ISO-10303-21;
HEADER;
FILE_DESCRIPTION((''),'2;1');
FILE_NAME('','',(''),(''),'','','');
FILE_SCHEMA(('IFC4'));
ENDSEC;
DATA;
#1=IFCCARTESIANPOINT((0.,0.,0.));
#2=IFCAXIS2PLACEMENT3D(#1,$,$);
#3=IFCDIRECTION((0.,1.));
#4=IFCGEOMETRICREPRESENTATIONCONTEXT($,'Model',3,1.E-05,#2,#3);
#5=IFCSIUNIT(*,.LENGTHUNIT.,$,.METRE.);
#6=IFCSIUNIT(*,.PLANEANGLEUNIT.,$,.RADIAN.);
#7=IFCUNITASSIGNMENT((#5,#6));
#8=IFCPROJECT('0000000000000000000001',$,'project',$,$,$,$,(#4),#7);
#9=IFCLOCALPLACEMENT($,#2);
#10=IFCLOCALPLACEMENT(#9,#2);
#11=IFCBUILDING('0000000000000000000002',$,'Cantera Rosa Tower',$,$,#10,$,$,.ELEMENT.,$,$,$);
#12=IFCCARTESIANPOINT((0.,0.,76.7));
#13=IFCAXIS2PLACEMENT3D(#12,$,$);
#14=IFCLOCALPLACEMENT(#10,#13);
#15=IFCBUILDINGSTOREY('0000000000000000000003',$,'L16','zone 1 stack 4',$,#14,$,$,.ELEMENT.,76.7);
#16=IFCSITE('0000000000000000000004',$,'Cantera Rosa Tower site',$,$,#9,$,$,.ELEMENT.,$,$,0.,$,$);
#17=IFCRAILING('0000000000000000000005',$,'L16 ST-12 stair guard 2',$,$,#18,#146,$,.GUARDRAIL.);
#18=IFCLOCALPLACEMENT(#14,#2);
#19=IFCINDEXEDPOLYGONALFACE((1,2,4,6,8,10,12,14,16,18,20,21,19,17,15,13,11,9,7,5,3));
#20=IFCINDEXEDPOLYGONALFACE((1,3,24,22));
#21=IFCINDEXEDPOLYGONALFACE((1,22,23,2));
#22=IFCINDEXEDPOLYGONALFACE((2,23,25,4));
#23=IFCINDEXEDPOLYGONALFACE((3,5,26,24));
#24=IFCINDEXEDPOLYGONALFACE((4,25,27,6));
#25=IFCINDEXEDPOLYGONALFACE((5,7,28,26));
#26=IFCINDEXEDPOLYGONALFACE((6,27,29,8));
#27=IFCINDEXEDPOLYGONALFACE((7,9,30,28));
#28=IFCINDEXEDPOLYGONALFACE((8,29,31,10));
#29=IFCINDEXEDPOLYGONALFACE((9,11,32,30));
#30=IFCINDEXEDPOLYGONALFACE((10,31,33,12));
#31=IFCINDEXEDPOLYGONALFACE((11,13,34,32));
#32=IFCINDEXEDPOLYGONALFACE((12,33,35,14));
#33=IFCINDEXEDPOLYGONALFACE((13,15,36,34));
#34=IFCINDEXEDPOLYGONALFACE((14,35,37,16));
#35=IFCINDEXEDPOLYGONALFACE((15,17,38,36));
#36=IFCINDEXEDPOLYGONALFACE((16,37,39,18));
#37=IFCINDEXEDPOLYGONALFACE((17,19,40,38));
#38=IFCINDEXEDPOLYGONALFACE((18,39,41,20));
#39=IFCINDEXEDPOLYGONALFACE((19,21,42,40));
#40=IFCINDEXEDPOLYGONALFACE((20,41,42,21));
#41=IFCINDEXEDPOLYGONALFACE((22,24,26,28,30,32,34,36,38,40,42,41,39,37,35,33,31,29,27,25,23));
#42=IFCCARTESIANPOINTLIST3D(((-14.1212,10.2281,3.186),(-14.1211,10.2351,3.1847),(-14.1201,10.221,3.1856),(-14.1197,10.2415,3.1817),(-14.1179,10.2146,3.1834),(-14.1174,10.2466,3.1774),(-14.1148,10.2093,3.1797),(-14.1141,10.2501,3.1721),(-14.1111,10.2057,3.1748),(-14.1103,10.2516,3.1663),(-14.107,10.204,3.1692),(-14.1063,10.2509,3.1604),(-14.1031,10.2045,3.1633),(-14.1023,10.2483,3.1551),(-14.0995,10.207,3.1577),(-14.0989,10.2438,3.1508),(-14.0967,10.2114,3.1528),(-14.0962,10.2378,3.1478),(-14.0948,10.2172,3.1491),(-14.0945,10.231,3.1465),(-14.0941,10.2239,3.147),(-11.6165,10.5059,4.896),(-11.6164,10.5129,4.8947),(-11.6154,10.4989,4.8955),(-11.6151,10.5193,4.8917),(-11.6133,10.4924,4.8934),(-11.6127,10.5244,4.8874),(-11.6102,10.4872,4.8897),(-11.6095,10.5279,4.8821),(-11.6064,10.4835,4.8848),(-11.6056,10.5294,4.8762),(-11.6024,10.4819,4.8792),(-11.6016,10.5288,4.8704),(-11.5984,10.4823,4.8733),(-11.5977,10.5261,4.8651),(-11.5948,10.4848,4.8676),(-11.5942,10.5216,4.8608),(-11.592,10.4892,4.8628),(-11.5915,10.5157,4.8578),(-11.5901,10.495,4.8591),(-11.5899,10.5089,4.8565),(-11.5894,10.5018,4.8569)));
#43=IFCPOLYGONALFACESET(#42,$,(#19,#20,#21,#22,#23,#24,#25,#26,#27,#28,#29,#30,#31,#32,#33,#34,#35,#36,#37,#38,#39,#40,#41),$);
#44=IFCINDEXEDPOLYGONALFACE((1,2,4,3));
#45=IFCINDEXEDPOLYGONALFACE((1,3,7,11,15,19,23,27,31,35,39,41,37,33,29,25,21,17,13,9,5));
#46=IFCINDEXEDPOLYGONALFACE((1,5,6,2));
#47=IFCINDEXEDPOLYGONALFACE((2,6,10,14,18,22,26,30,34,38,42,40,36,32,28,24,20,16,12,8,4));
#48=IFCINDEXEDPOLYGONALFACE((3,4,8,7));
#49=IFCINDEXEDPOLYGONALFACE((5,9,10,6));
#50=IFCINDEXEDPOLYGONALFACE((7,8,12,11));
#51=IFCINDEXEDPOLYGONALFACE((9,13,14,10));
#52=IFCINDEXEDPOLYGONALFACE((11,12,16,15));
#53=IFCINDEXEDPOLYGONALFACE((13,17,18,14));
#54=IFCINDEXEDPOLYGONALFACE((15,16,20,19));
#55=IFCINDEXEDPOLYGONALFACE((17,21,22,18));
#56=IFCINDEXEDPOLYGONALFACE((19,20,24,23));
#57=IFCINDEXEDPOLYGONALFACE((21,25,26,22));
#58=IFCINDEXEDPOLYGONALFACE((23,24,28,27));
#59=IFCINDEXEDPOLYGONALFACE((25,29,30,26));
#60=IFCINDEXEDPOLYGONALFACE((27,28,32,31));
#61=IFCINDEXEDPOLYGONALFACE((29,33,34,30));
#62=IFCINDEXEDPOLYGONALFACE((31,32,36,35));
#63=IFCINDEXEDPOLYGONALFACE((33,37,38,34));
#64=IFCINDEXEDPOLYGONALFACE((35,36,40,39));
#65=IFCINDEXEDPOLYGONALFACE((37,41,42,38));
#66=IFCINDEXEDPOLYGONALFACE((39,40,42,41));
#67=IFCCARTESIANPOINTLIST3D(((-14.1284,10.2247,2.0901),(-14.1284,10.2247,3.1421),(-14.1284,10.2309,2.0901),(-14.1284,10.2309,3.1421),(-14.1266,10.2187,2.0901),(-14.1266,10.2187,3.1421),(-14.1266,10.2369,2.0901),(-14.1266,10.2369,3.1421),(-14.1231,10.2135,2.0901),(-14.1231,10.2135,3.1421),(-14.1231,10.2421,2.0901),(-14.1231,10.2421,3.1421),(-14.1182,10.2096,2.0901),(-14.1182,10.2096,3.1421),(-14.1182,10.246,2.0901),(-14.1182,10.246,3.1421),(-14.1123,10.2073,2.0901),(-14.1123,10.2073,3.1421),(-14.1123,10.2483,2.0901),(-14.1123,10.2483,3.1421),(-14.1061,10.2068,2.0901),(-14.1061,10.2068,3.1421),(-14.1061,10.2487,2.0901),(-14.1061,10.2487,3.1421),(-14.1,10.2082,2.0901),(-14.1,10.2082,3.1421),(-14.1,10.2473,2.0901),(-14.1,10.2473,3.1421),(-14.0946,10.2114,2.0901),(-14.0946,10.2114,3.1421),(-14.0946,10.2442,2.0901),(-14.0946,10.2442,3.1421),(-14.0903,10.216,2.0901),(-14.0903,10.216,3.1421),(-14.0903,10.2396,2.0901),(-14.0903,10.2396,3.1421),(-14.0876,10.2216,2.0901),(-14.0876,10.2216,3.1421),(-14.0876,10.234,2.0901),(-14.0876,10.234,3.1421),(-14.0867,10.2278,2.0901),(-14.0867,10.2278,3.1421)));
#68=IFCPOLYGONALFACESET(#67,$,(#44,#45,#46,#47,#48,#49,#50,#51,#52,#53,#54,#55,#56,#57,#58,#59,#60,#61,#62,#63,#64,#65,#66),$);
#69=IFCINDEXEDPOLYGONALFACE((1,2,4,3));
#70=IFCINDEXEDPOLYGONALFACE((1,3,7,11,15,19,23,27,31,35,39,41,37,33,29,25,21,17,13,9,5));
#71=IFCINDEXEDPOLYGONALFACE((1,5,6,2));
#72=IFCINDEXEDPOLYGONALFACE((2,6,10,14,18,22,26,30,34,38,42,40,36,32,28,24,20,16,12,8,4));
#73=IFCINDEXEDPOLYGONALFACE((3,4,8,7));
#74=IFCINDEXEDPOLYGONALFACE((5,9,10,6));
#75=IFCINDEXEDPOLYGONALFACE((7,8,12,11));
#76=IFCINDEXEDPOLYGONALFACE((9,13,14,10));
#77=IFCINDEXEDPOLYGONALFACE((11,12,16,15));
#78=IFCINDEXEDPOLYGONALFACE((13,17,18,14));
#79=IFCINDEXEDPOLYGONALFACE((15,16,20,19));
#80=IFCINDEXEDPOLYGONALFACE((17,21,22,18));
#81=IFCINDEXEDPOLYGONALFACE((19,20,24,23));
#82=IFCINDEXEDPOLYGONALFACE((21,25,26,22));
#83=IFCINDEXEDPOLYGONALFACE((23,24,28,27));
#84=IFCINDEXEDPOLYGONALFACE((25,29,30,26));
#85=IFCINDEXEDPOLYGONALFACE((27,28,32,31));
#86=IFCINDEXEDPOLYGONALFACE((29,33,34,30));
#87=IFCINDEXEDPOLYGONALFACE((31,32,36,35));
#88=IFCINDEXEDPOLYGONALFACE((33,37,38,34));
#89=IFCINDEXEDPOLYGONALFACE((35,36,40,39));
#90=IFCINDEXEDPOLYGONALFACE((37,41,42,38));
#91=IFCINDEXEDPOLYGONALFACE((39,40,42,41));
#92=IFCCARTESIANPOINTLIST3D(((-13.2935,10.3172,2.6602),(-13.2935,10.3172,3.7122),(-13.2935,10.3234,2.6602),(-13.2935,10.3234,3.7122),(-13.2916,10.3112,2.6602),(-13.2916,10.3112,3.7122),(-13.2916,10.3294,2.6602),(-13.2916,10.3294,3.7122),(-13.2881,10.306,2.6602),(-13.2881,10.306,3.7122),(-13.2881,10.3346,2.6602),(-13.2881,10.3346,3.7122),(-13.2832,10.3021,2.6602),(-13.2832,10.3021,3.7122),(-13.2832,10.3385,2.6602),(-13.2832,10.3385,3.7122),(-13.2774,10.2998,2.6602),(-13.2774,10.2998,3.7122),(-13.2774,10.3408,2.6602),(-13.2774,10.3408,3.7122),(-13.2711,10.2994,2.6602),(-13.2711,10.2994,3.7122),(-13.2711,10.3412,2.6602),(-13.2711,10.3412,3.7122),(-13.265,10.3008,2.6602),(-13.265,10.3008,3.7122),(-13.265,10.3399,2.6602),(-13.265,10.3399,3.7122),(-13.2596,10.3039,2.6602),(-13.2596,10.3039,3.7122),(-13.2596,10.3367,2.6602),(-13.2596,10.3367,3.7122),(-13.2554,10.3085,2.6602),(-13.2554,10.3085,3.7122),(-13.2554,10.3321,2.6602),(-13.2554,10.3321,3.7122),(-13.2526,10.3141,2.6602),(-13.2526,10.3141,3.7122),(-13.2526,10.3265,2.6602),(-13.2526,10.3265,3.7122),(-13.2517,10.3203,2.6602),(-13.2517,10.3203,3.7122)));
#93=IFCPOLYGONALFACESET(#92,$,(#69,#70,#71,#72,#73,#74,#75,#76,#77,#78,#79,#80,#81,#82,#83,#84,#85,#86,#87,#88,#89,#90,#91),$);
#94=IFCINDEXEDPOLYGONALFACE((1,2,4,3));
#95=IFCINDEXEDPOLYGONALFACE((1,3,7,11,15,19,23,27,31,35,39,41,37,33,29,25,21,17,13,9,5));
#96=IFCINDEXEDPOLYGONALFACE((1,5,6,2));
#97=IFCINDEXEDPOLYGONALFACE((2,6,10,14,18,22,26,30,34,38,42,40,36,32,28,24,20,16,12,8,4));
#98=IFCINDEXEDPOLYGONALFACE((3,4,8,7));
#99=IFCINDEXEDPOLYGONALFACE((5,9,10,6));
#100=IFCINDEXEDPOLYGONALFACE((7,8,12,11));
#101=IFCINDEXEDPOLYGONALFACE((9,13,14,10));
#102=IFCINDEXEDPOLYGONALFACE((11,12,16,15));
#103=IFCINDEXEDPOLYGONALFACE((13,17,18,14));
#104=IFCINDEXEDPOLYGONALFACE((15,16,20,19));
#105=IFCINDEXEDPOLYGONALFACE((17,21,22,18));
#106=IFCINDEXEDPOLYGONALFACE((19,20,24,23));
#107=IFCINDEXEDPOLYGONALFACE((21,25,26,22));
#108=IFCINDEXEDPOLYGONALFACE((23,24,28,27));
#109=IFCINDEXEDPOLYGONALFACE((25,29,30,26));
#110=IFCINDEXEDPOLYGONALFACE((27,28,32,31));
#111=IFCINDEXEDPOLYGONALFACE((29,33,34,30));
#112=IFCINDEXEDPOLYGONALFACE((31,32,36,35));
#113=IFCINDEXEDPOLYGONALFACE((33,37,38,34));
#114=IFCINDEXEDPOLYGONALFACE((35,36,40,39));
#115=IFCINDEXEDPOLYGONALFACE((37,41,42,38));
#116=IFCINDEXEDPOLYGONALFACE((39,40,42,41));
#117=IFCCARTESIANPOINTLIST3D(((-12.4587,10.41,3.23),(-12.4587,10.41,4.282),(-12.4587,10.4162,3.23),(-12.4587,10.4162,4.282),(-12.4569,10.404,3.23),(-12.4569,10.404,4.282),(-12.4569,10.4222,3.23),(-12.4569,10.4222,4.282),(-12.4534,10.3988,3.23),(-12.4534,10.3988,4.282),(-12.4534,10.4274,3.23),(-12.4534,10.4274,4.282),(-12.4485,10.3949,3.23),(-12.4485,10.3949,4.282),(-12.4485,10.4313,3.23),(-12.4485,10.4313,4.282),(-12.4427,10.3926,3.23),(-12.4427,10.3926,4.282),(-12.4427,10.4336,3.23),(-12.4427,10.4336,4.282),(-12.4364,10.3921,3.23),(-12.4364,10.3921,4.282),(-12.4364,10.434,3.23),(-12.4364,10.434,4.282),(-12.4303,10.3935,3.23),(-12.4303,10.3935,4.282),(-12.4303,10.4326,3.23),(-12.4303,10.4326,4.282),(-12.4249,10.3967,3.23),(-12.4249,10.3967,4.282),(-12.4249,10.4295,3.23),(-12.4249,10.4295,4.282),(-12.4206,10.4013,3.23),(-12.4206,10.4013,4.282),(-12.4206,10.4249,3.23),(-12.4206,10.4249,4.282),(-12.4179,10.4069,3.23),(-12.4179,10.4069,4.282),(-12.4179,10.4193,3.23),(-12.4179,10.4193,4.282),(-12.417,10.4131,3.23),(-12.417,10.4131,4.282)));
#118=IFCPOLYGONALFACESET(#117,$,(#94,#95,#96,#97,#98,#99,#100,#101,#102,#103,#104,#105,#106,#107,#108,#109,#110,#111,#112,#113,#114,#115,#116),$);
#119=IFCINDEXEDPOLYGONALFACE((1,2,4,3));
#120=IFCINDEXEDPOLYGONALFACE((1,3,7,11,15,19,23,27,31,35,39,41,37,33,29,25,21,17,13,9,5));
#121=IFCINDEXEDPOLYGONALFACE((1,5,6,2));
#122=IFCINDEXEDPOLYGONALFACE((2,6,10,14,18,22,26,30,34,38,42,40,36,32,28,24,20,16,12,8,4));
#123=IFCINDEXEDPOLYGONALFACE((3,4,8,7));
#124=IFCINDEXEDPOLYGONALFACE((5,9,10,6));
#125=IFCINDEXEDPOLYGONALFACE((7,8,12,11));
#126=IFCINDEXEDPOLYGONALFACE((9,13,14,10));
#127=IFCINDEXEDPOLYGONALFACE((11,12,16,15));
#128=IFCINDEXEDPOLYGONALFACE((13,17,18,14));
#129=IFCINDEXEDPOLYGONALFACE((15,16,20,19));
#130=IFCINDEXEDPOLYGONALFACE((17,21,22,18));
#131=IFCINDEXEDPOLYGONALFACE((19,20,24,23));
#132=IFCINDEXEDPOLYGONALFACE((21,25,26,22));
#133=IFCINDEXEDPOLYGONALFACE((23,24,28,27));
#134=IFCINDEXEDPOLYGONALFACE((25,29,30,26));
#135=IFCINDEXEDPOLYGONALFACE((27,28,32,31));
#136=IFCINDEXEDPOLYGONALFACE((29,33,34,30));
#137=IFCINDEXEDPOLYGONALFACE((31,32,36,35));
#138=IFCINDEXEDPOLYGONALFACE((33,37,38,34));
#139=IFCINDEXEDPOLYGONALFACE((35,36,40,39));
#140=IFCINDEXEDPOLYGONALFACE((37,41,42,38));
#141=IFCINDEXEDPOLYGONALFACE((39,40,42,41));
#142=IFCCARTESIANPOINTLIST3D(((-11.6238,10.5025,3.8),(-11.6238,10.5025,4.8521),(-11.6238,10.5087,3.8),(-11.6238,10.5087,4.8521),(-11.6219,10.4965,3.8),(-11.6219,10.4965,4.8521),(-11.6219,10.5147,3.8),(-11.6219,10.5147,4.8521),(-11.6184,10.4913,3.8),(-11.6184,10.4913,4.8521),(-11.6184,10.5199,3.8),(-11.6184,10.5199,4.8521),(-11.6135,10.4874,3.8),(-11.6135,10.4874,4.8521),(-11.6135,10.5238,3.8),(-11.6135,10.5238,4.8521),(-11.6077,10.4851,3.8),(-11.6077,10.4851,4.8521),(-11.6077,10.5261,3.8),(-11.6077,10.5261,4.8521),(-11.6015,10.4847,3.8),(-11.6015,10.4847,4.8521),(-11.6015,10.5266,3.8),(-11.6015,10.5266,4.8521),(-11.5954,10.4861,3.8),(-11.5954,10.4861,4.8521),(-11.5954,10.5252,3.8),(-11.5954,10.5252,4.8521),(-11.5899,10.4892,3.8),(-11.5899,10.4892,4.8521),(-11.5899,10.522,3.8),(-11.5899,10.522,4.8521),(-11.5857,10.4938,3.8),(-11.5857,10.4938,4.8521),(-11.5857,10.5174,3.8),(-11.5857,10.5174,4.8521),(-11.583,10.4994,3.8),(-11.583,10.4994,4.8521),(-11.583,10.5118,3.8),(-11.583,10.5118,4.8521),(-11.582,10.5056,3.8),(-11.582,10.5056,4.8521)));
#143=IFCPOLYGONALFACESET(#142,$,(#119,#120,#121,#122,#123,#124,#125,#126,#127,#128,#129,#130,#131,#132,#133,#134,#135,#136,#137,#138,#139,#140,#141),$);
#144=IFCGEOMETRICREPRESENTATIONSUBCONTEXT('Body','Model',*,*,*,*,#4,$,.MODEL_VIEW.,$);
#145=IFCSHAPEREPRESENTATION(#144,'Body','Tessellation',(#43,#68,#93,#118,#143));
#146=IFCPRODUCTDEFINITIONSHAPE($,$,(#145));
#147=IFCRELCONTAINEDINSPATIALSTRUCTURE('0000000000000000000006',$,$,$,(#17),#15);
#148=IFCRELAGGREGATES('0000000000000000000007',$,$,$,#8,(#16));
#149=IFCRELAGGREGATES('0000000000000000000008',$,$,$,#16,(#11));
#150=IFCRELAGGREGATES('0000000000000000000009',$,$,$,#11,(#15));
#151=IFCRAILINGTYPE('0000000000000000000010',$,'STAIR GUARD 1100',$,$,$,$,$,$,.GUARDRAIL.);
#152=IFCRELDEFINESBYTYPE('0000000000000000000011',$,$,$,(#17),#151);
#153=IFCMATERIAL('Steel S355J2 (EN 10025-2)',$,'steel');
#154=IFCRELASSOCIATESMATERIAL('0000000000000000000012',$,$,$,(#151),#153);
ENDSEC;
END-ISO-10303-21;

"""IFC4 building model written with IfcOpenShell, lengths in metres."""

from ifc_helpers import new_model, si_unit, direction, frame, origin, origin_2d, place, context, subcontext, project, spatial, circle, extrude, material, type_object, element, save


model = new_model("IFC4")

# Units and contexts
model_context = context("Model", 3, precision=1e-05, world=origin(), true_north=direction((0.0, 1.0)))
body_context = subcontext(model_context, "Body", "Model", "MODEL_VIEW")
ifc_project = project(units=[si_unit("LENGTHUNIT", "METRE"), si_unit("PLANEANGLEUNIT", "RADIAN")], contexts=[model_context])

# Site, building, storey
site_placement = place(None, origin())
site = spatial("IfcSite", under=ifc_project, at=site_placement, Name="Cantera Rosa Tower site", CompositionType="ELEMENT", RefElevation=0.0)
building_placement = place(site_placement, origin())
building = spatial("IfcBuilding", under=site, at=building_placement, Name="Cantera Rosa Tower", CompositionType="ELEMENT")
storey_placement = place(building_placement, frame((0.0, 0.0, 76.7)))
storey = spatial("IfcBuildingStorey", under=building, at=storey_placement, Name="L16", Description="zone 1 stack 4", CompositionType="ELEMENT", Elevation=76.7)

# Railing
ifc_material_1 = material(Name="Steel S355J2 (EN 10025-2)", Category="steel")
railing_type_1 = type_object("IfcRailingType", Name="STAIR GUARD 1100", PredefinedType="GUARDRAIL", material=ifc_material_1)
railing_1_placement = place(storey_placement, frame((-14.1077, 10.2278, 2.0901)))
element("IfcRailing", 1, at=railing_1_placement, inside=storey, type_object=railing_type_1, Name="L16 ST-12 stair guard 2", PredefinedType="GUARDRAIL", context=body_context, shape_type="SweptSolid", body=[
    extrude(circle(Radius=0.0239, at=origin_2d()), frame((0.0, 0.0, 1.0762), z_axis=(0.822437, 0.091231, 0.561492), x_axis=(-0.110251, 0.993904, 0.0)), (0.0, 0.0, 1.0), 3.0454),
    extrude(circle(Radius=0.021, at=origin_2d()), origin(), (0.0, 0.0, 1.0), 1.052),
    extrude(circle(Radius=0.021, at=origin_2d()), frame((0.835, 0.0925, 0.5701)), (0.0, 0.0, 1.0), 1.052),
    extrude(circle(Radius=0.021, at=origin_2d()), frame((1.6697, 0.1853, 1.1399)), (0.0, 0.0, 1.0), 1.052),
    extrude(circle(Radius=0.021, at=origin_2d()), frame((2.5046, 0.2778, 1.71)), (0.0, 0.0, 1.0), 1.052),
])

save(model, "model.ifc")
